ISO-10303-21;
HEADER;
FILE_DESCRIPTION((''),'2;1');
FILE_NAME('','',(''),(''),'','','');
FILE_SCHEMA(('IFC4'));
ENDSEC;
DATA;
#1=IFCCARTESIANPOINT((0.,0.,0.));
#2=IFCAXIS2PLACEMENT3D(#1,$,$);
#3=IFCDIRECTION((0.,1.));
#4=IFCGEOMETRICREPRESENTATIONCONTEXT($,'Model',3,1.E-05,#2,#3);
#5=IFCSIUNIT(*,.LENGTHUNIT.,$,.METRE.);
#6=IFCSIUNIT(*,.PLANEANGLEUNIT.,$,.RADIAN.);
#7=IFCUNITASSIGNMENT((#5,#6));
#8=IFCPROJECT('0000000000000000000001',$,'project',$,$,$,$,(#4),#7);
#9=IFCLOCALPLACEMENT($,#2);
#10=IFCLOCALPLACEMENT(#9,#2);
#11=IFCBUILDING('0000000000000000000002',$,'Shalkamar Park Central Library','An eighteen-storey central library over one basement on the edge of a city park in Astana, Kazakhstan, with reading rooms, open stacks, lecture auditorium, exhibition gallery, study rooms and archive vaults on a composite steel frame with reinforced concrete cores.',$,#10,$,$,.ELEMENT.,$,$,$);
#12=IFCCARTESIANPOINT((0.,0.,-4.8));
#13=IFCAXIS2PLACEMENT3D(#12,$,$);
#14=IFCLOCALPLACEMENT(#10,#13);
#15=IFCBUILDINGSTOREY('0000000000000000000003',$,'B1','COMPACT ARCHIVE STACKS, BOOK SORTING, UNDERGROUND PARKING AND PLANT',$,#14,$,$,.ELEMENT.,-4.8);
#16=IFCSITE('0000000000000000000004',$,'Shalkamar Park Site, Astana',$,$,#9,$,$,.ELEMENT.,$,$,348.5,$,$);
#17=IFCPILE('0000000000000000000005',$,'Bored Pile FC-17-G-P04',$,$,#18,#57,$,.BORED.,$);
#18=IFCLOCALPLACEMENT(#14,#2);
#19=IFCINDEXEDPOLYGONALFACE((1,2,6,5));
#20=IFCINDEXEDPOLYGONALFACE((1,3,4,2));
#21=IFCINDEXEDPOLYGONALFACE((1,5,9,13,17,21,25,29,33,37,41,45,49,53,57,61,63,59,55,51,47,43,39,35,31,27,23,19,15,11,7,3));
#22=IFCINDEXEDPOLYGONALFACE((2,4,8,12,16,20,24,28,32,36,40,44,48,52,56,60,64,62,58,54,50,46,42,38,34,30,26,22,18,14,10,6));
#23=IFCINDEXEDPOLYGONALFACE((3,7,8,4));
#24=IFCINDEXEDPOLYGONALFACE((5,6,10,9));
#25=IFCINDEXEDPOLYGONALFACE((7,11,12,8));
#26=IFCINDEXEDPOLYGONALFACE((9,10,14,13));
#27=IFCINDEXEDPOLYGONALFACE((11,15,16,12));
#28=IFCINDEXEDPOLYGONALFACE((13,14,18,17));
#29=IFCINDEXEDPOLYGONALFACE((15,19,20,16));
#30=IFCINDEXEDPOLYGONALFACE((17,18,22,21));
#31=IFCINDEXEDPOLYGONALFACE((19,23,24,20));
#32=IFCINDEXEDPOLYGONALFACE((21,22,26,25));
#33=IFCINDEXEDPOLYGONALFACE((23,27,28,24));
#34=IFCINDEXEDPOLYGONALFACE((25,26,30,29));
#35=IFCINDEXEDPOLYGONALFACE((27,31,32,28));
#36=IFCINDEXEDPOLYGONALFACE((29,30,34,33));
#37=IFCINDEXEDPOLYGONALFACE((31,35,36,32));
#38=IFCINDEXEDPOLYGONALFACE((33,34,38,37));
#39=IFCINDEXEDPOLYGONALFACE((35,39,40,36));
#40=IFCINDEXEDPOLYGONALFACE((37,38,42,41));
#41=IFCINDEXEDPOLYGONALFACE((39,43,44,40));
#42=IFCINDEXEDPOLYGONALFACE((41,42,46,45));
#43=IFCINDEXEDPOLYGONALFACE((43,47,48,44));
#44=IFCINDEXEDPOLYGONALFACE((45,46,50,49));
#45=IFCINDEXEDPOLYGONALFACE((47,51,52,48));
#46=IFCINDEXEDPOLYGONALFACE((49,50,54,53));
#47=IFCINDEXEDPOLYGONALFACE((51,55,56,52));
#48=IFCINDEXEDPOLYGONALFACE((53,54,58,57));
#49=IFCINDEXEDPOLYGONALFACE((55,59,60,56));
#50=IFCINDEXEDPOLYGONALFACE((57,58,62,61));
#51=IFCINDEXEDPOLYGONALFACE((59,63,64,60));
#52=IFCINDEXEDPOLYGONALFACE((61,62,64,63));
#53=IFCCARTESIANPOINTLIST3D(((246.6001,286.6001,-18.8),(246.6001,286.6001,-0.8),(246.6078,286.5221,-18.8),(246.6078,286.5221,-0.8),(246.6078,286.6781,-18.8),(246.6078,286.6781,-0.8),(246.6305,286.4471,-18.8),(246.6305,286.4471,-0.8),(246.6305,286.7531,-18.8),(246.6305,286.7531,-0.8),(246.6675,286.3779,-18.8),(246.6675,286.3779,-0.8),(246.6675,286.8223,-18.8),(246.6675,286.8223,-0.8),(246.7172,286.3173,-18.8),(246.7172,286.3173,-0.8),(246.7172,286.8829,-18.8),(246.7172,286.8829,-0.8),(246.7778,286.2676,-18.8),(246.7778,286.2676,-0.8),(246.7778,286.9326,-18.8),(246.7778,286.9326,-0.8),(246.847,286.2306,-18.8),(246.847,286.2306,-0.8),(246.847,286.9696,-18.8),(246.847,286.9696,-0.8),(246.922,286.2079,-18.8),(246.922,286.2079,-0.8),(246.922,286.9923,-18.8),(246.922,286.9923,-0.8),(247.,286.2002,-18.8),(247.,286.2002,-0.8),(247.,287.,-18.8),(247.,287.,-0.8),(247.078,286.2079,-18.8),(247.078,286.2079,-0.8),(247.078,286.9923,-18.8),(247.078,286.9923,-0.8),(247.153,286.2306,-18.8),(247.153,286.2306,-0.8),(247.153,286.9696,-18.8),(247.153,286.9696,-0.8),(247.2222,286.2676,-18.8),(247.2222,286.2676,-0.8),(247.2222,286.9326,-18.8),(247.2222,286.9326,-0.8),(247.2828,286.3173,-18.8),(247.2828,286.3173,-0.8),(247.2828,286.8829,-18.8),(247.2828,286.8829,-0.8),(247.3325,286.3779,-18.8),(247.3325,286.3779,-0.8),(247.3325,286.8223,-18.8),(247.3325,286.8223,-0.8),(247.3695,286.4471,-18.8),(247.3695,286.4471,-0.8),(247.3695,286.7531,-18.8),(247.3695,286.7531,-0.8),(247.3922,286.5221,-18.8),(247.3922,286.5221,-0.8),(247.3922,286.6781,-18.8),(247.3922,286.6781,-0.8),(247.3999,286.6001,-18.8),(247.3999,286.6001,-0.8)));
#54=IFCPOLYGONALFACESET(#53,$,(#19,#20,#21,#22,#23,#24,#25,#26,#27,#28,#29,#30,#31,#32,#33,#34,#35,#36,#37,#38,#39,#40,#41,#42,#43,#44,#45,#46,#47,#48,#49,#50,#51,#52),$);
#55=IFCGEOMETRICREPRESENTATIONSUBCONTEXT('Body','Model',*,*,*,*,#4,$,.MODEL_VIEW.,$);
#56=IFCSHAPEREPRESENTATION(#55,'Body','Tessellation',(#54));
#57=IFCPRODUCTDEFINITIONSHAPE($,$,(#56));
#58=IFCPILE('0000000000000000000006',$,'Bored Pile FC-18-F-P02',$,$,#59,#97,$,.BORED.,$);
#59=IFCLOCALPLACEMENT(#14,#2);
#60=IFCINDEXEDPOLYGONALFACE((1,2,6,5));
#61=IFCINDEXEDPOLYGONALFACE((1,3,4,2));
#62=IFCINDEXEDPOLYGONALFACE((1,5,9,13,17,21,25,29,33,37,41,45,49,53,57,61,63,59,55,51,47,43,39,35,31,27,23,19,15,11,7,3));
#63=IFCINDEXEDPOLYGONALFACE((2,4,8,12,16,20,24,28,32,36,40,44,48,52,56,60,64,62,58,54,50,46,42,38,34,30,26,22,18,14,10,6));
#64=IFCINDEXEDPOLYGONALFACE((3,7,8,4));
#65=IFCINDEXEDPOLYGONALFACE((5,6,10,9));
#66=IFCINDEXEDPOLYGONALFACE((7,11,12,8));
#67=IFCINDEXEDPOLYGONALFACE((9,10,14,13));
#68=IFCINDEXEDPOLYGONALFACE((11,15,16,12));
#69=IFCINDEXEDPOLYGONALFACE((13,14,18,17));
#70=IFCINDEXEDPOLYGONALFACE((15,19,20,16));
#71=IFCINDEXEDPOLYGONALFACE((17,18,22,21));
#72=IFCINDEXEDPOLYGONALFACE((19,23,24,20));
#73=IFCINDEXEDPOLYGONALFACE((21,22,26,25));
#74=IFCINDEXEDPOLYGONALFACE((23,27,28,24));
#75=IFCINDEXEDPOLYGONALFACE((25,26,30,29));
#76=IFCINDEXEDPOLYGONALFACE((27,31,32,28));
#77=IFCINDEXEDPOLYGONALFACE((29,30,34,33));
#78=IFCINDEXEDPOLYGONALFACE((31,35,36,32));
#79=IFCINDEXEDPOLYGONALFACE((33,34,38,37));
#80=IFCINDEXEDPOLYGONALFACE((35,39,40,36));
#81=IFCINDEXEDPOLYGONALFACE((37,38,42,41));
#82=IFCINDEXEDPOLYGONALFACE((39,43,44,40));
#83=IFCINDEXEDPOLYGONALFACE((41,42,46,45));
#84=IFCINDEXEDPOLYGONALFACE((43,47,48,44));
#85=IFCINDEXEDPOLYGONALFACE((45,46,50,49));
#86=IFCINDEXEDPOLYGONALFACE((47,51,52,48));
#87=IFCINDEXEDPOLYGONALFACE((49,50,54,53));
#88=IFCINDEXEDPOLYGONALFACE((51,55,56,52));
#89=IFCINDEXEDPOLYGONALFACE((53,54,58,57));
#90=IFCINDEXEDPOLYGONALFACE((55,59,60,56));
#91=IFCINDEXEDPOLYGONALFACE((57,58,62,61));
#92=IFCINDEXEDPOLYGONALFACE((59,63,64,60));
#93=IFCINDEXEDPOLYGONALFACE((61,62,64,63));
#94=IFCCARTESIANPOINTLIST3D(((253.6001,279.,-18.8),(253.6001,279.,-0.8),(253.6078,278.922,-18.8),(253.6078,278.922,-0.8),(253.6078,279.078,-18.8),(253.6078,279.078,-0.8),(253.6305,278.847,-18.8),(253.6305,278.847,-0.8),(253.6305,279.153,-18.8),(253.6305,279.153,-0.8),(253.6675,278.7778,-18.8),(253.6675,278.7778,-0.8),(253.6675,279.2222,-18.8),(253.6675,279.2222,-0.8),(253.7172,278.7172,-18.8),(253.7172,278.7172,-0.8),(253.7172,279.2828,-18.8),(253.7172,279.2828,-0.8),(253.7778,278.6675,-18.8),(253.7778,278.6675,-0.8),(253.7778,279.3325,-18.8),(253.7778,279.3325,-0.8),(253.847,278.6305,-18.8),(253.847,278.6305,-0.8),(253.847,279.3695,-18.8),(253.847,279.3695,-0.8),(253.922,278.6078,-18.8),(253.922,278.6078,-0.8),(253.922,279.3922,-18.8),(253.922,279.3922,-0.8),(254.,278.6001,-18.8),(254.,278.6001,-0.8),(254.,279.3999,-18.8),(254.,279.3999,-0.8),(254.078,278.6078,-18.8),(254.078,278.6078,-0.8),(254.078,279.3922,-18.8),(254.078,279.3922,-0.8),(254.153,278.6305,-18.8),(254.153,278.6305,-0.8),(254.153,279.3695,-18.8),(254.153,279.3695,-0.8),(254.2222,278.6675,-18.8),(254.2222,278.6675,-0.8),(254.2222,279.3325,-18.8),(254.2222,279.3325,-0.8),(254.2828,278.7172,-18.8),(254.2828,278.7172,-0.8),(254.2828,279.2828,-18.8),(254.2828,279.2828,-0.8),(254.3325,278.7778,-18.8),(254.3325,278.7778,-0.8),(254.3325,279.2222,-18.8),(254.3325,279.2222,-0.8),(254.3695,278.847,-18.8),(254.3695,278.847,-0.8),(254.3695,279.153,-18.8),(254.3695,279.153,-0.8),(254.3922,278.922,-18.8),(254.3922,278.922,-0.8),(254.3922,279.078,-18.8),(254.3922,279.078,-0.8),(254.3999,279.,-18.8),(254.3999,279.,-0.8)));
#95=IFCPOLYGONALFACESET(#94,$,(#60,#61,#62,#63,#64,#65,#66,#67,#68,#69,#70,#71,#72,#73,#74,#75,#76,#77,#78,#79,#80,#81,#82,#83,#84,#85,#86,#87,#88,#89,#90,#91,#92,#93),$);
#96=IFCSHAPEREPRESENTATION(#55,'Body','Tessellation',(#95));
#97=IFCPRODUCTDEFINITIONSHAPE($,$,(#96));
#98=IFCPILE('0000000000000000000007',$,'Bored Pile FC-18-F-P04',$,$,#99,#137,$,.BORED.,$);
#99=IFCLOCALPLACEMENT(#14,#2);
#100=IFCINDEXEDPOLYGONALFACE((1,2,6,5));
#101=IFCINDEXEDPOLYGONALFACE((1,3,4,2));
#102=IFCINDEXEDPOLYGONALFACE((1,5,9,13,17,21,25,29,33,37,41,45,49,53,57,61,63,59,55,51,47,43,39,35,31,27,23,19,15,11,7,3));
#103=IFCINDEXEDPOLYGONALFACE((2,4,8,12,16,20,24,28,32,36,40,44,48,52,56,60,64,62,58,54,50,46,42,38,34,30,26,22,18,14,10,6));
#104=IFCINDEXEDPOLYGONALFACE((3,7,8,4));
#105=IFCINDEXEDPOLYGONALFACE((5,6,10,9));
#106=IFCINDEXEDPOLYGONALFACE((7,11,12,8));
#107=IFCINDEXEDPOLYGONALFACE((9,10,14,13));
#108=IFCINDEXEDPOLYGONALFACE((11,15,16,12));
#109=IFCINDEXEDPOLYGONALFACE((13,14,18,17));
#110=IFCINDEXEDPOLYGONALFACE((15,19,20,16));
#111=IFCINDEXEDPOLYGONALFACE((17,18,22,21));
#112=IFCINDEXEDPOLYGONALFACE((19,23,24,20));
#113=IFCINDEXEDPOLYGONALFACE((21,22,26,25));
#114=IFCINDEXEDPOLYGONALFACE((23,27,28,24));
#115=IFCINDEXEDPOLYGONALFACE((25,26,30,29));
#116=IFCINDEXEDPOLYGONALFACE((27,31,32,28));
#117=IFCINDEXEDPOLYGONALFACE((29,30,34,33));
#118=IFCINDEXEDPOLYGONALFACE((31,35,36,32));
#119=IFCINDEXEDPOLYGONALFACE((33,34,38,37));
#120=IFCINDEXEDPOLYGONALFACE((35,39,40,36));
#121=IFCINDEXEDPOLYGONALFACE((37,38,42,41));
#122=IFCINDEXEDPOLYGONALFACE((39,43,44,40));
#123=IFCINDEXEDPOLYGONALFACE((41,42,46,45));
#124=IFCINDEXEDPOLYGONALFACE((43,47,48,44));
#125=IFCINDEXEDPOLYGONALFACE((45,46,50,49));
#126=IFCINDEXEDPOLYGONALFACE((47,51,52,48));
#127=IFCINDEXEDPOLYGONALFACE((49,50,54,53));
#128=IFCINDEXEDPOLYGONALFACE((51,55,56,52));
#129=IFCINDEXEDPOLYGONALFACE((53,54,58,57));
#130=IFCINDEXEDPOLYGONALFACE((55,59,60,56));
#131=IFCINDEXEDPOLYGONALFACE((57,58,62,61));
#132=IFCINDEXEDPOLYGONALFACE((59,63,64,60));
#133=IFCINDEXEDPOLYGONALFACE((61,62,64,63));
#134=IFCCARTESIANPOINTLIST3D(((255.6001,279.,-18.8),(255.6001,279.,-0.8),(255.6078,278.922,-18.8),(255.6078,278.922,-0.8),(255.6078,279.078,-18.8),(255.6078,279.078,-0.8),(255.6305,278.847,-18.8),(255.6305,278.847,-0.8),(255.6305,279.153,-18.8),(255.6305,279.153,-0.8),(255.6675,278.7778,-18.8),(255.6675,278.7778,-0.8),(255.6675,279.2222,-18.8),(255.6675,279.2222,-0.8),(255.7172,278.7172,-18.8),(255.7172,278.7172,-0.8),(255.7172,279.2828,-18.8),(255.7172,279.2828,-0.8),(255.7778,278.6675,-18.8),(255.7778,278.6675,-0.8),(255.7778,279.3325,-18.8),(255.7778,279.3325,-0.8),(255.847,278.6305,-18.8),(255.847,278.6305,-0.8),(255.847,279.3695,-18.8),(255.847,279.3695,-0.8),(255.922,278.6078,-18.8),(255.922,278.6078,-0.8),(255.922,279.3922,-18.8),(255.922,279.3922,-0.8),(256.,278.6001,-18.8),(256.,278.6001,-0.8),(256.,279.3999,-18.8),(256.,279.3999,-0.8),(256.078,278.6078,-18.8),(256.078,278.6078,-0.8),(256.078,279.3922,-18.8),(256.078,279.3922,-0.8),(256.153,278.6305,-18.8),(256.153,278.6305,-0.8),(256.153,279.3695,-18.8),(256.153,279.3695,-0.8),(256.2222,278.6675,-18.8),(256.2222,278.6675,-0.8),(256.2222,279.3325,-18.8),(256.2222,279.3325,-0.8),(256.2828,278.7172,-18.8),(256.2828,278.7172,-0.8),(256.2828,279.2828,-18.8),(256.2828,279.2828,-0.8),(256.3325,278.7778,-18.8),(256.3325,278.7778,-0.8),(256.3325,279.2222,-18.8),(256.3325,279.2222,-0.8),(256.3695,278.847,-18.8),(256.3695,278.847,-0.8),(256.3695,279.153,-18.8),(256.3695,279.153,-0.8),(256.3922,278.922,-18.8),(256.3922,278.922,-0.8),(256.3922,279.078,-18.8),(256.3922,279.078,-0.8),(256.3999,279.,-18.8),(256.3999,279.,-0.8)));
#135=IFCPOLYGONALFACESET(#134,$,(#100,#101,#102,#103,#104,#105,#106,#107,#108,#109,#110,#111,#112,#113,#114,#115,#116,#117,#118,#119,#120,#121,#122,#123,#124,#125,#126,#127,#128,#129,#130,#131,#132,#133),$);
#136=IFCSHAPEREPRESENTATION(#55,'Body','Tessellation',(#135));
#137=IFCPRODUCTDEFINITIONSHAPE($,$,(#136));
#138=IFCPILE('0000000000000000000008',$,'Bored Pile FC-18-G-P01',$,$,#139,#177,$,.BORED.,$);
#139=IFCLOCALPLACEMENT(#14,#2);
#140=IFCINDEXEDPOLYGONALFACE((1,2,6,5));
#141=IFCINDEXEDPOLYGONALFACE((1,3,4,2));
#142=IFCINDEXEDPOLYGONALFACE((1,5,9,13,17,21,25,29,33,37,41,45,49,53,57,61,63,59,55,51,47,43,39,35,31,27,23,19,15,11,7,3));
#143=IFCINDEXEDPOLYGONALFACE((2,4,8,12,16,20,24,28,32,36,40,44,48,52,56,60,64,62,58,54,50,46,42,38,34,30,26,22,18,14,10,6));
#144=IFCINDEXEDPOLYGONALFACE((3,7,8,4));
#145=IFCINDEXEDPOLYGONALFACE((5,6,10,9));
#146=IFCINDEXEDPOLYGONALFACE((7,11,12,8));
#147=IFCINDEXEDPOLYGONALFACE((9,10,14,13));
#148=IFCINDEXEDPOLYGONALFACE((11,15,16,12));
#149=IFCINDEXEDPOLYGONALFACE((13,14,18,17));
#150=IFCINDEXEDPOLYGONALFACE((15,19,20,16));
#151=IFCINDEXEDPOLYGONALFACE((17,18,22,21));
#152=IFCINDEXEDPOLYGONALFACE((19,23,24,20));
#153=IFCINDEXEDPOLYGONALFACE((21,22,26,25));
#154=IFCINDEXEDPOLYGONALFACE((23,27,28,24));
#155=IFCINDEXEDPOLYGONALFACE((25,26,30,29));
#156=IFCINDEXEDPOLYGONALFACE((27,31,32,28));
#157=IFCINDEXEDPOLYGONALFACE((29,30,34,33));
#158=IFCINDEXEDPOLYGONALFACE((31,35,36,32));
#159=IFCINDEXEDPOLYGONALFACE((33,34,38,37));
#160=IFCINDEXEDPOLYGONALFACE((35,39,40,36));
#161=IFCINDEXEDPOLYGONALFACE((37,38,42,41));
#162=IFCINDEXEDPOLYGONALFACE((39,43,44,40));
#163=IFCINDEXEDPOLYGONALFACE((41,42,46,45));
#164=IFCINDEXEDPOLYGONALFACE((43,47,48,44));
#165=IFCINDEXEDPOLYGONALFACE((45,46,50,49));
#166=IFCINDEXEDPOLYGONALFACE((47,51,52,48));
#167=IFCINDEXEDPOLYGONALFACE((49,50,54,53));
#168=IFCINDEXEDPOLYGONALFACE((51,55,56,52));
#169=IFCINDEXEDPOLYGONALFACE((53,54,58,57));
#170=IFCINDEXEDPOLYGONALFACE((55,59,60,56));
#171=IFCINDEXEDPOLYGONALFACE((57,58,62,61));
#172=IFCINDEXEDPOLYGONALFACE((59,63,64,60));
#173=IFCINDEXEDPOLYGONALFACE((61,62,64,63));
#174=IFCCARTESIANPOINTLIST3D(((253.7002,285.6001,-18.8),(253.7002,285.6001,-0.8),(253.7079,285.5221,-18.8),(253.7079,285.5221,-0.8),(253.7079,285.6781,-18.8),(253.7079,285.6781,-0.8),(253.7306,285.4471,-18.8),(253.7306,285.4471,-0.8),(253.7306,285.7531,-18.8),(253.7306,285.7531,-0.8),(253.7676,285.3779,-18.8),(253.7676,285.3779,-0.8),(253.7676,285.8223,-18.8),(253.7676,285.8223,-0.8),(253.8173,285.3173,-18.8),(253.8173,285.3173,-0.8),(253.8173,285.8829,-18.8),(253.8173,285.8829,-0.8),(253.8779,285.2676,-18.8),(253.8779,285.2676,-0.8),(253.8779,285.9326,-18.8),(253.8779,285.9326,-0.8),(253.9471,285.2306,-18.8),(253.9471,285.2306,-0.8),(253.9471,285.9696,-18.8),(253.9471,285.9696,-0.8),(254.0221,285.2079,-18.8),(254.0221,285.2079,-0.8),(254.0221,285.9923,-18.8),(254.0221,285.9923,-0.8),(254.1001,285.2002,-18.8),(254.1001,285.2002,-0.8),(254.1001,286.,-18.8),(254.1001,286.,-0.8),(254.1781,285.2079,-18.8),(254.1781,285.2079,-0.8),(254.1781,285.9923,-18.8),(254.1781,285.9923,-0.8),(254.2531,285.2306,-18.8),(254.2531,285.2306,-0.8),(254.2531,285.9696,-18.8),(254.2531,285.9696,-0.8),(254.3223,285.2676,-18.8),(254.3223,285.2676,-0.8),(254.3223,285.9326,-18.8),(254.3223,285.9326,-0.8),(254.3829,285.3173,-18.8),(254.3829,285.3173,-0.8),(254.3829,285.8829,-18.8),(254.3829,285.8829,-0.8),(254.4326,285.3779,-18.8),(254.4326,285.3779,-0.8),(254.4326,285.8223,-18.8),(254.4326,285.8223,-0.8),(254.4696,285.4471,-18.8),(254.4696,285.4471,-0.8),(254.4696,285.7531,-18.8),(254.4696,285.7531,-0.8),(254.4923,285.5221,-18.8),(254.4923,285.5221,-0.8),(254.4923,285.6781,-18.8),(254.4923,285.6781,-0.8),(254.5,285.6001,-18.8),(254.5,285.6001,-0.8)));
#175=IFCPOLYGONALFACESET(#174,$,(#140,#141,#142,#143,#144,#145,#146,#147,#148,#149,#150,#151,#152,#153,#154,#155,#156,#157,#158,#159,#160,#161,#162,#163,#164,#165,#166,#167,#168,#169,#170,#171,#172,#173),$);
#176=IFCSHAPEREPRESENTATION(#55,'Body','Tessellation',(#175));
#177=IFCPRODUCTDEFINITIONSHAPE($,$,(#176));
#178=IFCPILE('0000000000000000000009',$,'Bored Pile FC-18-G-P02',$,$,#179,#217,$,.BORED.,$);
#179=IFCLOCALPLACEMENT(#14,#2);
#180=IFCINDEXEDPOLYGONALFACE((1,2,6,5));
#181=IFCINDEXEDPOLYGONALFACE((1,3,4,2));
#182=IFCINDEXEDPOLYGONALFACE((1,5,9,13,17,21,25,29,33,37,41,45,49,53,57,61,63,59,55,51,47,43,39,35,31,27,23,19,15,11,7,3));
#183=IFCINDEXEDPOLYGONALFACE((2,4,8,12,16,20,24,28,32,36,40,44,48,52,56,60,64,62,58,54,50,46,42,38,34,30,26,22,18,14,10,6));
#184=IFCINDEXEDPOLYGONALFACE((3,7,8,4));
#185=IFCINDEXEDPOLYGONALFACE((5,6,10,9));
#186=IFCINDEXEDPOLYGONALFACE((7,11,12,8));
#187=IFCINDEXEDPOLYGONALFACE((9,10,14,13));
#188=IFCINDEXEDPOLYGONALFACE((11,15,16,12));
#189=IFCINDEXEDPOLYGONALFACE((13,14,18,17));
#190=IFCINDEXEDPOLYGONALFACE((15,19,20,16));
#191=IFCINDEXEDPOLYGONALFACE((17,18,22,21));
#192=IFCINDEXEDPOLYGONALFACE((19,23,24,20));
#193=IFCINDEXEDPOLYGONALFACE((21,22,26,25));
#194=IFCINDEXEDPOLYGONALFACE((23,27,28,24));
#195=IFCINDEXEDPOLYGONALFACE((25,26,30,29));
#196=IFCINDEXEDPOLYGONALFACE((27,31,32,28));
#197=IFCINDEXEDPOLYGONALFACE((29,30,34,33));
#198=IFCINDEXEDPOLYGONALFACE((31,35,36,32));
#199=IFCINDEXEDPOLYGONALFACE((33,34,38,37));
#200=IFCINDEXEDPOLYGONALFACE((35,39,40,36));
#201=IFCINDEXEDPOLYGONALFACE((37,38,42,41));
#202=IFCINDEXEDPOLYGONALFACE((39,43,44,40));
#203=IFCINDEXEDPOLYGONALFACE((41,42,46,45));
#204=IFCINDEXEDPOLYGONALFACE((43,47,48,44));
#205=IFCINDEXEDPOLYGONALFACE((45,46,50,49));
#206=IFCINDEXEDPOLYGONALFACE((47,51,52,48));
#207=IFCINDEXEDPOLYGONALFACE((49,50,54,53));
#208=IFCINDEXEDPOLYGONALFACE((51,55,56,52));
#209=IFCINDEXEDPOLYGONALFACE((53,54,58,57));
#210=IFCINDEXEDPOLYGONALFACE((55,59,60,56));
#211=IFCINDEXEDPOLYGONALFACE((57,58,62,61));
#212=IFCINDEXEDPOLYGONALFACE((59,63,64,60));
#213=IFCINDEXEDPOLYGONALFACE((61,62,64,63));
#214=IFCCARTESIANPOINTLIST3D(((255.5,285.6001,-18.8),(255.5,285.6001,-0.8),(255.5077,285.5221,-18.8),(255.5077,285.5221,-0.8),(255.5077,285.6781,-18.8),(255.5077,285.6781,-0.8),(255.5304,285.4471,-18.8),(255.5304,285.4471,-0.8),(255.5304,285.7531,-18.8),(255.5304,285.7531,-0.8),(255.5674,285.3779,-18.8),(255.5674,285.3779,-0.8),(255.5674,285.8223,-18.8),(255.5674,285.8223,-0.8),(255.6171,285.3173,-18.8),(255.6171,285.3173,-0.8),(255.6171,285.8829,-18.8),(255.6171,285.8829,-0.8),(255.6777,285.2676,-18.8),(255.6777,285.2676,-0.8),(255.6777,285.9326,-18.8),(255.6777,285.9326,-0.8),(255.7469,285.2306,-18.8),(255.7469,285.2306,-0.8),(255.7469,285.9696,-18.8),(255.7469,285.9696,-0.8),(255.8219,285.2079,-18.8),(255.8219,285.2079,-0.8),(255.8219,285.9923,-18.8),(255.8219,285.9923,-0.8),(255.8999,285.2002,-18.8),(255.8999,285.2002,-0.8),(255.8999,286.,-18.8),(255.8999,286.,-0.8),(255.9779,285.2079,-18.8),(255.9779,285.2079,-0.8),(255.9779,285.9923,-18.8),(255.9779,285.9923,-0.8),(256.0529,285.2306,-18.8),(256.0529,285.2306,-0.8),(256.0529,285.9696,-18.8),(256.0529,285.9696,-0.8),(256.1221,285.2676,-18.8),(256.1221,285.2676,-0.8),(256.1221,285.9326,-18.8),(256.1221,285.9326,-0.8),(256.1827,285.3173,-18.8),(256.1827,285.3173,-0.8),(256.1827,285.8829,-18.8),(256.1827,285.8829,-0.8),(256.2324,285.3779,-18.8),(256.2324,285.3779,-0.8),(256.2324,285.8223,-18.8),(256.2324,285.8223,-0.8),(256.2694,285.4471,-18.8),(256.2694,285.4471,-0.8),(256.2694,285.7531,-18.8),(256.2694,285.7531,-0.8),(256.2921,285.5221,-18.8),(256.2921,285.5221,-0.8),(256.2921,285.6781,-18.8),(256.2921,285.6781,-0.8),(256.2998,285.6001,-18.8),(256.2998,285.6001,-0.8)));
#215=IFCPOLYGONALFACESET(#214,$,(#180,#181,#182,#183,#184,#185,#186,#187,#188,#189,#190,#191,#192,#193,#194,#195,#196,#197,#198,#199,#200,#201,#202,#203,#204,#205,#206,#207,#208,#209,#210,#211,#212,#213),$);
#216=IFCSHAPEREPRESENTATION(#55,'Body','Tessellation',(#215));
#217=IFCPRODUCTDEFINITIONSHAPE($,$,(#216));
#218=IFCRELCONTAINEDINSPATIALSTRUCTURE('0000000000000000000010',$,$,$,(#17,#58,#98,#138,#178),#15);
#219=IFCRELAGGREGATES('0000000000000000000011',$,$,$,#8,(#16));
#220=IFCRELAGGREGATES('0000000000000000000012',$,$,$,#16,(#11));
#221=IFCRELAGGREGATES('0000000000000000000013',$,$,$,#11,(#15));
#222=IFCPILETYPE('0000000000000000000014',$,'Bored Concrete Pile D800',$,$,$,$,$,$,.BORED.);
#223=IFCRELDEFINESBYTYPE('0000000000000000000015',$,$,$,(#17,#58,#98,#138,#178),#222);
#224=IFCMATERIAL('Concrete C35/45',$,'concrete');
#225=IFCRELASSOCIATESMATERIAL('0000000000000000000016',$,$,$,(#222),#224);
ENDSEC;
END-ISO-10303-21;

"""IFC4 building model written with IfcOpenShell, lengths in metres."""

from ifc_helpers import new_model, si_unit, direction, frame, origin, origin_2d, place, context, subcontext, project, spatial, circle, extrude, material, material_profile, profile_set, type_object, element, save


model = new_model("IFC4")

# Units and contexts
model_context = context("Model", 3, precision=1e-05, world=origin(), true_north=direction((0.0, 1.0)))
body_context = subcontext(model_context, "Body", "Model", "MODEL_VIEW")
ifc_project = project(units=[si_unit("LENGTHUNIT", "METRE"), si_unit("PLANEANGLEUNIT", "RADIAN")], contexts=[model_context])

# Site, building, storey
site_placement = place(None, origin())
site = spatial("IfcSite", under=ifc_project, at=site_placement, Name="Shalkamar Park Site, Astana", CompositionType="ELEMENT", RefElevation=348.5)
building_placement = place(site_placement, origin())
building = spatial("IfcBuilding", under=site, at=building_placement, Name="Shalkamar Park Central Library", Description="An eighteen-storey central library over one basement on the edge of a city park in Astana, Kazakhstan, with reading rooms, open stacks, lecture auditorium, exhibition gallery, study rooms and archive vaults on a composite steel frame with reinforced concrete cores.", CompositionType="ELEMENT")
storey_placement = place(building_placement, frame((0.0, 0.0, -4.8)))
storey = spatial("IfcBuildingStorey", under=building, at=storey_placement, Name="B1", Description="COMPACT ARCHIVE STACKS, BOOK SORTING, UNDERGROUND PARKING AND PLANT", CompositionType="ELEMENT", Elevation=-4.8)

# Piles
ifc_material_1 = material(Name="Concrete C35/45", Category="concrete")
ifc_material_profile_1 = material_profile(ifc_material_1, circle(Radius=0.3999, at=origin_2d()), Name="PILE D800")
ifc_profile_set_1 = profile_set([ifc_material_profile_1], Name="Concrete C35/45")
pile_type = type_object("IfcPileType", Name="Bored Concrete Pile D800", PredefinedType="BORED", material=ifc_profile_set_1)
for number, where, z_axis, x_axis, name in (
    (1, (247.0, 286.6001, -0.8), (0.0, 0.0, -1.0), (1.0, 0.0, 0.0), "Bored Pile FC-17-G-P04"),
    (2, (254.0, 279.0, -0.8), (0.0, 0.0, -1.0), (1.0, 0.0, 0.0), "Bored Pile FC-18-F-P02"),
    (3, (256.0, 279.0, -0.8), (0.0, 0.0, -1.0), (1.0, 0.0, 0.0), "Bored Pile FC-18-F-P04"),
    (4, (254.1001, 285.6001, -0.8), (0.0, 0.0, -1.0), (1.0, 0.0, 0.0), "Bored Pile FC-18-G-P01"),
    (5, (255.8999, 285.6001, -0.8), (0.0, 0.0, -1.0), (1.0, 0.0, 0.0), "Bored Pile FC-18-G-P02"),
):
    element("IfcPile", number, at=place(storey_placement, frame(where, z_axis=z_axis, x_axis=x_axis)), inside=storey, type_object=pile_type, Name=name, PredefinedType="BORED", context=body_context, shape_type="SweptSolid", body=[
        extrude(circle(Radius=0.3999, at=origin_2d()), origin(), (0.0, 0.0, 1.0), 18.0),
    ])

save(model, "model.ifc")
